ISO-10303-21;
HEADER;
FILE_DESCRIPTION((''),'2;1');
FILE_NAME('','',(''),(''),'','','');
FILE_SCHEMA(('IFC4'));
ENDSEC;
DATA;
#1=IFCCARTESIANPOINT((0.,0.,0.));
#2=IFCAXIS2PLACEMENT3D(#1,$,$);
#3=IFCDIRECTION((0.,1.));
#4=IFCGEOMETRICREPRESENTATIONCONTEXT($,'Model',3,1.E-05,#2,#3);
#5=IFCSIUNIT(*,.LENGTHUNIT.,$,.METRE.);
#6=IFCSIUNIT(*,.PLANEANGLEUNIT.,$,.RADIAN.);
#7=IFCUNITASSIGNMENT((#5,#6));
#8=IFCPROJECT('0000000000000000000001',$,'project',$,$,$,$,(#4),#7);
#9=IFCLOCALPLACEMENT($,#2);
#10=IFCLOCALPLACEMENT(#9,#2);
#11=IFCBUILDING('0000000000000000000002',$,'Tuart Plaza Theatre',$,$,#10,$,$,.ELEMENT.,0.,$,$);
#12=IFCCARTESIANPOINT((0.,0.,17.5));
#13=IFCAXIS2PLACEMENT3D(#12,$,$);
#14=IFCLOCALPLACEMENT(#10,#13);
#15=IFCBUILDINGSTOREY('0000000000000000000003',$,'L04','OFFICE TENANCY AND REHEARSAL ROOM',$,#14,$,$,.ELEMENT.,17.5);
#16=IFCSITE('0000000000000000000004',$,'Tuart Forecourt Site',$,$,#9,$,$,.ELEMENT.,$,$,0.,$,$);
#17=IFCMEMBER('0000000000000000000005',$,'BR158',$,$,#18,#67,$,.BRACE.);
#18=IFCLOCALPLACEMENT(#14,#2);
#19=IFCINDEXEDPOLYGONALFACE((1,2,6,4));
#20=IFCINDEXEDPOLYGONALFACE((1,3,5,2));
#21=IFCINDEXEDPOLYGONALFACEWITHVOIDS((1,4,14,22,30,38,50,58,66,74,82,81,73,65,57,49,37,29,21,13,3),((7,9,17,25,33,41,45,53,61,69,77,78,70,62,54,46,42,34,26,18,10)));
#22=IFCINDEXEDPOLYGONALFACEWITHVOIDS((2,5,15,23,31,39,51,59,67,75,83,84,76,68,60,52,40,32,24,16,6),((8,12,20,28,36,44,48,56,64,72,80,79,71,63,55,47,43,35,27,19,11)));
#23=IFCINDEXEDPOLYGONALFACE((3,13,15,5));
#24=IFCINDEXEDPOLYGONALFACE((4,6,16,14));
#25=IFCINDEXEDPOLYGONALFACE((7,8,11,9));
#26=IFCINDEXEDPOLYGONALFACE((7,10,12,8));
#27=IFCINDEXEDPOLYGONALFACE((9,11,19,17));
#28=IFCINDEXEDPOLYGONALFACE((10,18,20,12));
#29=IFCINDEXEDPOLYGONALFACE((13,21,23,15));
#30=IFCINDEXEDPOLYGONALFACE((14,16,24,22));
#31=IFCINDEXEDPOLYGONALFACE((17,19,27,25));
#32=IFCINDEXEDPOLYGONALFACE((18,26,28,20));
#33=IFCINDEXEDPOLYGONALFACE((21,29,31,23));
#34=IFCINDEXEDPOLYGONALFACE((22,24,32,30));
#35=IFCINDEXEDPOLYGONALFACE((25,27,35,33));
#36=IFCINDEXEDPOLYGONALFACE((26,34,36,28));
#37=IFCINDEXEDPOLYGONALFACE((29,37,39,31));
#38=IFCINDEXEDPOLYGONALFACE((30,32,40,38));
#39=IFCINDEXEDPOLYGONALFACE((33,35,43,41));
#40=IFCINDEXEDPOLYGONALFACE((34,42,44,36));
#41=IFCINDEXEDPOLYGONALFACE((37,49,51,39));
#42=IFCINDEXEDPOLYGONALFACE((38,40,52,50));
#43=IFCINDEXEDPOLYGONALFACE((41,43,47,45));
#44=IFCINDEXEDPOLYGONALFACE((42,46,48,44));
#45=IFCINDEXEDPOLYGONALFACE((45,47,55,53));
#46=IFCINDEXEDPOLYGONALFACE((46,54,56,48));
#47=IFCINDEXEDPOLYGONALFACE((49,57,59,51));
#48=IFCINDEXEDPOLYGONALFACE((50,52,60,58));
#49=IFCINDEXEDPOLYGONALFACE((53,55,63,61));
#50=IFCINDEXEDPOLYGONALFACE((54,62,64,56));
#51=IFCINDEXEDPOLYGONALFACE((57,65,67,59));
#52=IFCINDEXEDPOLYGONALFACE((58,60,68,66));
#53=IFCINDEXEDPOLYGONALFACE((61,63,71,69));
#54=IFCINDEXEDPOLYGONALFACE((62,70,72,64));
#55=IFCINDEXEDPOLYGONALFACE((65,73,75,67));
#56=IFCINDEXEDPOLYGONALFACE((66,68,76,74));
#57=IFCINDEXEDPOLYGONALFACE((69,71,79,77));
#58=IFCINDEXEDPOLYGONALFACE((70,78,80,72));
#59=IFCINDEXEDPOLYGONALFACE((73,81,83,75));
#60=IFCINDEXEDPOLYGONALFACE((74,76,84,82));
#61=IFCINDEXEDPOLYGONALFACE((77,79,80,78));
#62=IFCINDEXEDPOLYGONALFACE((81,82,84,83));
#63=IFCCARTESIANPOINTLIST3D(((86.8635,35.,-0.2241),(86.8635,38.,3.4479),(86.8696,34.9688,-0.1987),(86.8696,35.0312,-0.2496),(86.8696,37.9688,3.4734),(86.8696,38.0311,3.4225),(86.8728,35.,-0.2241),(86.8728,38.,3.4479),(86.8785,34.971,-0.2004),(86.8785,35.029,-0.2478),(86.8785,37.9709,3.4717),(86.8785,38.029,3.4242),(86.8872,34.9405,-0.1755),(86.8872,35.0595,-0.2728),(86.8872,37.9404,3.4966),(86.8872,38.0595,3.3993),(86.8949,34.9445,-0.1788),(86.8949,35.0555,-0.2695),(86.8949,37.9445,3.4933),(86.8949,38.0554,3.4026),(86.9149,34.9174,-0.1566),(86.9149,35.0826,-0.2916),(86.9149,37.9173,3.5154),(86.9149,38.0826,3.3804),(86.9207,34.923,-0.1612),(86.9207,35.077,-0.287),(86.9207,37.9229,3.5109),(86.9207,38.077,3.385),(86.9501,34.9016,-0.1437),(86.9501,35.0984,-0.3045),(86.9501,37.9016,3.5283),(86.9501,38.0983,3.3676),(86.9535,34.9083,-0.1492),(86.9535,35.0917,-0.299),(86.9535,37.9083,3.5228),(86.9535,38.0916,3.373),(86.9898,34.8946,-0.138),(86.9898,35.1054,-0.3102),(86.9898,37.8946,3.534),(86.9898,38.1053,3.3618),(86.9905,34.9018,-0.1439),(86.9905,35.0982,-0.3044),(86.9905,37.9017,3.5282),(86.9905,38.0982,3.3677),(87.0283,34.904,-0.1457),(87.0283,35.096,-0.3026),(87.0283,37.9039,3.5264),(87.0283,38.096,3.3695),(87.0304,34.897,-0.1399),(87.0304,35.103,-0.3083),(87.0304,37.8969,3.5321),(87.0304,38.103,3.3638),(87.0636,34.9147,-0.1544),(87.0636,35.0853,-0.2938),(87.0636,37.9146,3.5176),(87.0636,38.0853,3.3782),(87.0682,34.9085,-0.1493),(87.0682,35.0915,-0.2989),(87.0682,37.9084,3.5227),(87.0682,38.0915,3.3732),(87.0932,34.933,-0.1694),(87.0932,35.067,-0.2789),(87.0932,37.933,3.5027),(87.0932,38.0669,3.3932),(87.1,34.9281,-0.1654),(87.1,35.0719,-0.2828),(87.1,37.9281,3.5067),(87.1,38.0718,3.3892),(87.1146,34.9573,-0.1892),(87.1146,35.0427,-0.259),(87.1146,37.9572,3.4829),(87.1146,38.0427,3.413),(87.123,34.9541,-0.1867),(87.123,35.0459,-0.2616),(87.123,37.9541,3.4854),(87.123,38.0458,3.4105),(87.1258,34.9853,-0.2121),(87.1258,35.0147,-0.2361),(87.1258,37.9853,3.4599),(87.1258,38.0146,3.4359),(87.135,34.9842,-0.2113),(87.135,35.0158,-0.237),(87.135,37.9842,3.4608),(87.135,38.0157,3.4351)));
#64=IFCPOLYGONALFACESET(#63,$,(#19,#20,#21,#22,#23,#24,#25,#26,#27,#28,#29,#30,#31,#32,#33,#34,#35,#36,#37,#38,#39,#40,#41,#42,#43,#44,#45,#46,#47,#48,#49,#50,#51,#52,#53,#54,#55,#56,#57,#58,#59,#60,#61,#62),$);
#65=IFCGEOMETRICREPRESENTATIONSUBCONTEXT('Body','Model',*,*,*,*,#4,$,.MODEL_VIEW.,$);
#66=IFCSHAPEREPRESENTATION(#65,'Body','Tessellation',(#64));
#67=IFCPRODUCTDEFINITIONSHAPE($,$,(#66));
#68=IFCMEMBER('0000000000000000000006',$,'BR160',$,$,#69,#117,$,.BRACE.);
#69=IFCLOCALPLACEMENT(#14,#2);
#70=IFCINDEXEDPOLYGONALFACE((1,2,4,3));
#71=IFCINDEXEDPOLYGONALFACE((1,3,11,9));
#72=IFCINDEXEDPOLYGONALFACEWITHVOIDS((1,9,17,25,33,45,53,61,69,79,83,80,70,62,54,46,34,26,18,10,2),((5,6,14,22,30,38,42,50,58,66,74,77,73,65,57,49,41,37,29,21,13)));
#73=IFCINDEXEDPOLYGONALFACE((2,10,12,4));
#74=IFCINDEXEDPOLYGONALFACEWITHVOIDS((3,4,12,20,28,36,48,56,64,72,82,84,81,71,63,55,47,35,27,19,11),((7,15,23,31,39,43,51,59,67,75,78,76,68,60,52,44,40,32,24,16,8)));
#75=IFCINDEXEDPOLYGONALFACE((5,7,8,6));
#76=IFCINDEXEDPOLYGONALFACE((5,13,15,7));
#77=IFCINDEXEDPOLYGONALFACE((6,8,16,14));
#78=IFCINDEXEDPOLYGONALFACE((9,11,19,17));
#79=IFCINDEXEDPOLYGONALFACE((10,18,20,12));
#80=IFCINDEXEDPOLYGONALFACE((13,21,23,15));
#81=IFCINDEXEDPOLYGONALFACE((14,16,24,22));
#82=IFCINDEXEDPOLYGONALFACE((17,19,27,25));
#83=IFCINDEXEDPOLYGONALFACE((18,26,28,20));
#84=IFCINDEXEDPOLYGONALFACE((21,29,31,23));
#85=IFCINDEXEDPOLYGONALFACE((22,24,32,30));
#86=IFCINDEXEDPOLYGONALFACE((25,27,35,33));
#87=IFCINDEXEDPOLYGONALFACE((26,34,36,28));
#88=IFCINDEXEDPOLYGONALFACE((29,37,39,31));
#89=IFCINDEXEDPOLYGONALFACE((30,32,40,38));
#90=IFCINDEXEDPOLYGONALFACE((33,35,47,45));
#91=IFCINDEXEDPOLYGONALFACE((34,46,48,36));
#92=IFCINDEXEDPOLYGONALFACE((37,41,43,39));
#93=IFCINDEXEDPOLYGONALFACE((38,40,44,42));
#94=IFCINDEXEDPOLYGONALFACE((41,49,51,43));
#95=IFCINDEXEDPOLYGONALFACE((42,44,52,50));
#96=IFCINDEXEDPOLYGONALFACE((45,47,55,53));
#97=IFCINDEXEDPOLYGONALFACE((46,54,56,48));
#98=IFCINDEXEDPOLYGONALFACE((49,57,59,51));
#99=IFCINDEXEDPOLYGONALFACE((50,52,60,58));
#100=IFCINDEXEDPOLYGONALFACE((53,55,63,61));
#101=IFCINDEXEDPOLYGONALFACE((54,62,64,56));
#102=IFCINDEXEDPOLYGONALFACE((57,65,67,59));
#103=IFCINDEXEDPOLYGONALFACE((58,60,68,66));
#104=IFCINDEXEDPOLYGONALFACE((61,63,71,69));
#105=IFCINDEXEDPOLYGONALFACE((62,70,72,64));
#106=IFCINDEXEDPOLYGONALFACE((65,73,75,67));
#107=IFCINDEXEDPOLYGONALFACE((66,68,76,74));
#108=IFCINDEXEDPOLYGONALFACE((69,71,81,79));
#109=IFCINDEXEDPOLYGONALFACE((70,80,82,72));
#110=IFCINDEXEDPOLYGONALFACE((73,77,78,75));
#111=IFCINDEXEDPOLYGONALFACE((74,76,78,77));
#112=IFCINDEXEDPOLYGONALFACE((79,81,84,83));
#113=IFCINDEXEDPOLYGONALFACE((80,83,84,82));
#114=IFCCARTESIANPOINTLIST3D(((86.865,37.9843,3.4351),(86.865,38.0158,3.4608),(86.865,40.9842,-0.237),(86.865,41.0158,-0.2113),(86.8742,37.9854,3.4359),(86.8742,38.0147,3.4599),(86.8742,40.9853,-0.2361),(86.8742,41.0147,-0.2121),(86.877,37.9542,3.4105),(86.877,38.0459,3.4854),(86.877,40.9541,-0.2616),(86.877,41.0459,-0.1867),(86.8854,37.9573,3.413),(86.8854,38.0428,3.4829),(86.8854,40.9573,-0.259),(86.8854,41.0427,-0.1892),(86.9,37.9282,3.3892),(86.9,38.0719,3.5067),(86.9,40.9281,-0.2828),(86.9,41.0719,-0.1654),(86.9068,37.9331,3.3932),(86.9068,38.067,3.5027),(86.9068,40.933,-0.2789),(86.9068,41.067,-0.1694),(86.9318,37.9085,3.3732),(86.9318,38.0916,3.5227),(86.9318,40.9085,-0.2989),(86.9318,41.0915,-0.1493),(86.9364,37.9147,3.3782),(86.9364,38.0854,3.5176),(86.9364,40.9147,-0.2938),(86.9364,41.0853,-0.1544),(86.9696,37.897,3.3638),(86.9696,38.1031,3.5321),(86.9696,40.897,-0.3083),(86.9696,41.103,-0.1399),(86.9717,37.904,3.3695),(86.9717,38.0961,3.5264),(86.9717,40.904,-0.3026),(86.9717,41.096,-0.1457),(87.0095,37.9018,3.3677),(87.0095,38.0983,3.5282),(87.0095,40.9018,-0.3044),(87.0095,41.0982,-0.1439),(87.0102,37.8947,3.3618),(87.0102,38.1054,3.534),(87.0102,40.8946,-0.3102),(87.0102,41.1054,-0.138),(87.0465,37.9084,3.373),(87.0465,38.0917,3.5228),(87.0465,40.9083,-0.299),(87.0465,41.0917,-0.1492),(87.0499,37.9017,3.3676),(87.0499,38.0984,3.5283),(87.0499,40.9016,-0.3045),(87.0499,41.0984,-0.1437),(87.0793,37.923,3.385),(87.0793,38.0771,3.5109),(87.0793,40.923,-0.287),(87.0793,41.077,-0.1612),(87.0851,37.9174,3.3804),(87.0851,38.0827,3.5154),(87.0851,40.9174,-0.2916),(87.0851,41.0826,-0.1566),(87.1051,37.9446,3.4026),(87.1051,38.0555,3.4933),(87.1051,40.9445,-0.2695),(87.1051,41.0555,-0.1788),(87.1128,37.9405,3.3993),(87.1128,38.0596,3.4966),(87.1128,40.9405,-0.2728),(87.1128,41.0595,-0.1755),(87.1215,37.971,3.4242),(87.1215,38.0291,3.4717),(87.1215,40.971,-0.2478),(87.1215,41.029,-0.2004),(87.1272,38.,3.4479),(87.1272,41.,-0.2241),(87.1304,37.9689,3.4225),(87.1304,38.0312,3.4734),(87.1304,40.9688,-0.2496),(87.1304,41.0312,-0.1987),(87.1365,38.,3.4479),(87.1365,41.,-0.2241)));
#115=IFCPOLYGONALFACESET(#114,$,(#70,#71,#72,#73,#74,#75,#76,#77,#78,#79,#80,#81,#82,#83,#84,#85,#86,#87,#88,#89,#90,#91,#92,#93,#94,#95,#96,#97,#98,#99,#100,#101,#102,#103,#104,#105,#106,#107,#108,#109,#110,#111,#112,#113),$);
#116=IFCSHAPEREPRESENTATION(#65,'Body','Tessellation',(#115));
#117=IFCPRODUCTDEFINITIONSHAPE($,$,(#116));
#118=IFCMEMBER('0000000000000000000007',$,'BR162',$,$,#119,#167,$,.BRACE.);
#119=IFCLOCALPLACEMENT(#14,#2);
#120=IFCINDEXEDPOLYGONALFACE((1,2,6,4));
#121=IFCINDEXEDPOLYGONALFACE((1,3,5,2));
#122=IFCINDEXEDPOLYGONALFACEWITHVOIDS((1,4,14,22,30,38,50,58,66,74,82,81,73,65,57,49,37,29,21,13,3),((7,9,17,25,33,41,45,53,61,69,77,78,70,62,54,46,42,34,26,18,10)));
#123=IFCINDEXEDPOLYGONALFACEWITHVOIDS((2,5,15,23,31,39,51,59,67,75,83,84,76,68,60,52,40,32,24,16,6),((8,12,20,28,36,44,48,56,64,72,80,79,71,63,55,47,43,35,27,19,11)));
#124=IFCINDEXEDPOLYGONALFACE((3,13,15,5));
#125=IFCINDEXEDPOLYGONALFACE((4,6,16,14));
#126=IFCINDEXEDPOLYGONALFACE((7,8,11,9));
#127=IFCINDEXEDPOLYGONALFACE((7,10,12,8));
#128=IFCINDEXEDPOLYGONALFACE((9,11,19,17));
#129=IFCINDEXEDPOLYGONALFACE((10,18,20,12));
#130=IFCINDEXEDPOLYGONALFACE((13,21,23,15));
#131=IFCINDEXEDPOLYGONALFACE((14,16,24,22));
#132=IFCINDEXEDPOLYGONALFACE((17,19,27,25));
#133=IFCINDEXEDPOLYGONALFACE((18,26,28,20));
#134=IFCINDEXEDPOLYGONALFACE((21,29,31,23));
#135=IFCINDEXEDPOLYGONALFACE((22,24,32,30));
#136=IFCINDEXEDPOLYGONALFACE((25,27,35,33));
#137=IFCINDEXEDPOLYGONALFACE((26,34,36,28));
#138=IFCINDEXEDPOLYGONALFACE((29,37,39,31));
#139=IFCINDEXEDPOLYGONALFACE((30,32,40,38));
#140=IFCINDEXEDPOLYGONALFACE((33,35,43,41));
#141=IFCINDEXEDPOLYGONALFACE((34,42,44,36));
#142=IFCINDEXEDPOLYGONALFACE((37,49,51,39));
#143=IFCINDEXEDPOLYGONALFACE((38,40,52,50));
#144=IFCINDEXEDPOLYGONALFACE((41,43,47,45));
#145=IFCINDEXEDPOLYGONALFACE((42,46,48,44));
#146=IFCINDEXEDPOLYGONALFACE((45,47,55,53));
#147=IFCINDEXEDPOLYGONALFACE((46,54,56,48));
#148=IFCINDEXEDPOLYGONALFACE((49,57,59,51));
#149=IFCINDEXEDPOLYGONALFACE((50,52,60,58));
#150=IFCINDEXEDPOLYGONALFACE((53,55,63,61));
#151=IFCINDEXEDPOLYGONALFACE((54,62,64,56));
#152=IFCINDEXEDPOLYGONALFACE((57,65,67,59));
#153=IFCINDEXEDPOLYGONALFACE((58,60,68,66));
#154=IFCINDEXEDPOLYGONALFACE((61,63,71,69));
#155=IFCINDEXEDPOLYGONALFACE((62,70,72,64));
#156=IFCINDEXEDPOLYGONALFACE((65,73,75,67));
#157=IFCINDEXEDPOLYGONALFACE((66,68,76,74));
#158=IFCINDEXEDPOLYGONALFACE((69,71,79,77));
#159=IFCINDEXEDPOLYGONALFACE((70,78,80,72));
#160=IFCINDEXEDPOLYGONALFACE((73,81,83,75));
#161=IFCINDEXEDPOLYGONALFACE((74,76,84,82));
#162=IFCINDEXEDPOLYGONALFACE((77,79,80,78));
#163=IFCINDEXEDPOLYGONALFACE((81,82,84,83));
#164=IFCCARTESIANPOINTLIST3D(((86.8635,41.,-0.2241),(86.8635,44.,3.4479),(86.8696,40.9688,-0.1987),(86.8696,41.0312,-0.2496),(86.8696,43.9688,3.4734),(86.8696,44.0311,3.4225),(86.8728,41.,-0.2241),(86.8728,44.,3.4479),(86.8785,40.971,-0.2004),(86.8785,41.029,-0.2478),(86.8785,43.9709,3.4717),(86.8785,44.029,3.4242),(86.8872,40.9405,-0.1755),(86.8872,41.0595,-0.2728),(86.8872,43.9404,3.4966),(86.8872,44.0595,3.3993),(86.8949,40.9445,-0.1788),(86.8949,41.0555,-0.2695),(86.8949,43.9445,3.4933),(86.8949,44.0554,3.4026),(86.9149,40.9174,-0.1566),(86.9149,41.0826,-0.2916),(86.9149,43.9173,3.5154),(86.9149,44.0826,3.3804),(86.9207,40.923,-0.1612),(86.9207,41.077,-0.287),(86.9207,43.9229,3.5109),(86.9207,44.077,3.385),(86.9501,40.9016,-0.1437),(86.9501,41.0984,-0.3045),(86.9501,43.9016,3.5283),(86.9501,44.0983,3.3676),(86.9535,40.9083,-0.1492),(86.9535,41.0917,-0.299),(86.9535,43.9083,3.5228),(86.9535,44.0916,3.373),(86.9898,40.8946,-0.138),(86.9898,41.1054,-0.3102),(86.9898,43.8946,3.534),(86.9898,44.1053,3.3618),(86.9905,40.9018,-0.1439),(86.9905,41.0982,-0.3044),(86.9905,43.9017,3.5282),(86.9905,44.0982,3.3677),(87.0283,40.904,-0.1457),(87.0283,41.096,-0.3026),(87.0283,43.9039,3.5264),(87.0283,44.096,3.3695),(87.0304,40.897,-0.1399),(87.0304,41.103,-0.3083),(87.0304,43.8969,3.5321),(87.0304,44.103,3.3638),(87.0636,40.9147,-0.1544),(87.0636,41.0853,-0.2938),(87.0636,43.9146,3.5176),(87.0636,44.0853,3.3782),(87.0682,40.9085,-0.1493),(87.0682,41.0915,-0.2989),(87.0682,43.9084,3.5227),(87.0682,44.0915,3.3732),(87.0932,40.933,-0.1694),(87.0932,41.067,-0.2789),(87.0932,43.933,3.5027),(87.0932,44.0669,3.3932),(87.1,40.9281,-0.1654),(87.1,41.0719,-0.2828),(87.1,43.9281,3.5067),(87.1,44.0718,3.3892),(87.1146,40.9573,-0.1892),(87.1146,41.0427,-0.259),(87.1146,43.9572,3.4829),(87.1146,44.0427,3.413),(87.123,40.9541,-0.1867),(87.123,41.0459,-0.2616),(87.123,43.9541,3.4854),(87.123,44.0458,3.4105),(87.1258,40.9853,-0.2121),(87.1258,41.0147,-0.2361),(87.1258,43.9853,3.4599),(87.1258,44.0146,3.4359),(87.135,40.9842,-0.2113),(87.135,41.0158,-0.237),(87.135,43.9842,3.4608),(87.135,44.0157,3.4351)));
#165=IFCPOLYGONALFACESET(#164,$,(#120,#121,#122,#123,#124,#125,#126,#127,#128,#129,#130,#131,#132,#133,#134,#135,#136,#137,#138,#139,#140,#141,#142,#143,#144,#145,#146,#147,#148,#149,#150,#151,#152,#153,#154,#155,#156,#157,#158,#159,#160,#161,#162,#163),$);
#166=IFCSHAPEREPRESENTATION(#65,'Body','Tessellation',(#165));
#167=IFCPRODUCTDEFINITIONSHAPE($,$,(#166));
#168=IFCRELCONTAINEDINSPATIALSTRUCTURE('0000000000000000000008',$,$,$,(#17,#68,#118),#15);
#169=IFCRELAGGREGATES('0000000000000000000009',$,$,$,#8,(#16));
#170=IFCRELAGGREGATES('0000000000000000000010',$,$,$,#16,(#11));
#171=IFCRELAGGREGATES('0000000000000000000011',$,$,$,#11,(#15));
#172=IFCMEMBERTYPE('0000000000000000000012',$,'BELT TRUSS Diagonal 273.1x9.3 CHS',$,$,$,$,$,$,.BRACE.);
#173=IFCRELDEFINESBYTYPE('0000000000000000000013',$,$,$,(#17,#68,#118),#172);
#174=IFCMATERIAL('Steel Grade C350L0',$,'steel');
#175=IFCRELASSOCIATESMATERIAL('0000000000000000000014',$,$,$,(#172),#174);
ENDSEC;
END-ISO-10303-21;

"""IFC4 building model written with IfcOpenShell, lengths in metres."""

from ifc_helpers import new_model, si_unit, direction, frame, origin, origin_2d, place, context, subcontext, project, spatial, hollow_circle, extrude, material, material_profile, profile_set, type_object, element, save


model = new_model("IFC4")

# Units and contexts
model_context = context("Model", 3, precision=1e-05, world=origin(), true_north=direction((0.0, 1.0)))
body_context = subcontext(model_context, "Body", "Model", "MODEL_VIEW")
ifc_project = project(units=[si_unit("LENGTHUNIT", "METRE"), si_unit("PLANEANGLEUNIT", "RADIAN")], contexts=[model_context])

# Site, building, storey
site_placement = place(None, origin())
site = spatial("IfcSite", under=ifc_project, at=site_placement, Name="Tuart Forecourt Site", CompositionType="ELEMENT", RefElevation=0.0)
building_placement = place(site_placement, origin())
building = spatial("IfcBuilding", under=site, at=building_placement, Name="Tuart Plaza Theatre", CompositionType="ELEMENT", ElevationOfRefHeight=0.0)
storey_placement = place(building_placement, frame((0.0, 0.0, 17.5)))
storey = spatial("IfcBuildingStorey", under=building, at=storey_placement, Name="L04", Description="OFFICE TENANCY AND REHEARSAL ROOM", CompositionType="ELEMENT", Elevation=17.5)

# Members
ifc_material_1 = material(Name="Steel Grade C350L0", Category="steel")
ifc_material_profile_1 = material_profile(ifc_material_1, hollow_circle(Radius=0.1365, WallThickness=0.0093, at=origin_2d()), Name="273.1x9.3 CHS")
ifc_profile_set_1 = profile_set([ifc_material_profile_1], Name="Steel Grade C350L0")
member_type_1 = type_object("IfcMemberType", Name="BELT TRUSS Diagonal 273.1x9.3 CHS", PredefinedType="BRACE", material=ifc_profile_set_1)
for number, where, z_axis, x_axis, name in (
    (1, (87.0, 35.0, -0.2241), (0.0, 0.632674, 0.774418), (-1.0, 0.0, 0.0), "BR158"),
    (2, (87.0, 41.0, -0.2241), (0.0, -0.632674, 0.774418), (1.0, 0.0, 0.0), "BR160"),
    (3, (87.0, 41.0, -0.2241), (0.0, 0.632674, 0.774418), (-1.0, 0.0, 0.0), "BR162"),
):
    element("IfcMember", number, at=place(storey_placement, frame(where, z_axis=z_axis, x_axis=x_axis)), inside=storey, type_object=member_type_1, Name=name, PredefinedType="BRACE", context=body_context, shape_type="SweptSolid", body=[
        extrude(hollow_circle(Radius=0.1365, WallThickness=0.0093, at=origin_2d()), origin(), (0.0, 0.0, 1.0), 4.7417),
    ])

save(model, "model.ifc")
